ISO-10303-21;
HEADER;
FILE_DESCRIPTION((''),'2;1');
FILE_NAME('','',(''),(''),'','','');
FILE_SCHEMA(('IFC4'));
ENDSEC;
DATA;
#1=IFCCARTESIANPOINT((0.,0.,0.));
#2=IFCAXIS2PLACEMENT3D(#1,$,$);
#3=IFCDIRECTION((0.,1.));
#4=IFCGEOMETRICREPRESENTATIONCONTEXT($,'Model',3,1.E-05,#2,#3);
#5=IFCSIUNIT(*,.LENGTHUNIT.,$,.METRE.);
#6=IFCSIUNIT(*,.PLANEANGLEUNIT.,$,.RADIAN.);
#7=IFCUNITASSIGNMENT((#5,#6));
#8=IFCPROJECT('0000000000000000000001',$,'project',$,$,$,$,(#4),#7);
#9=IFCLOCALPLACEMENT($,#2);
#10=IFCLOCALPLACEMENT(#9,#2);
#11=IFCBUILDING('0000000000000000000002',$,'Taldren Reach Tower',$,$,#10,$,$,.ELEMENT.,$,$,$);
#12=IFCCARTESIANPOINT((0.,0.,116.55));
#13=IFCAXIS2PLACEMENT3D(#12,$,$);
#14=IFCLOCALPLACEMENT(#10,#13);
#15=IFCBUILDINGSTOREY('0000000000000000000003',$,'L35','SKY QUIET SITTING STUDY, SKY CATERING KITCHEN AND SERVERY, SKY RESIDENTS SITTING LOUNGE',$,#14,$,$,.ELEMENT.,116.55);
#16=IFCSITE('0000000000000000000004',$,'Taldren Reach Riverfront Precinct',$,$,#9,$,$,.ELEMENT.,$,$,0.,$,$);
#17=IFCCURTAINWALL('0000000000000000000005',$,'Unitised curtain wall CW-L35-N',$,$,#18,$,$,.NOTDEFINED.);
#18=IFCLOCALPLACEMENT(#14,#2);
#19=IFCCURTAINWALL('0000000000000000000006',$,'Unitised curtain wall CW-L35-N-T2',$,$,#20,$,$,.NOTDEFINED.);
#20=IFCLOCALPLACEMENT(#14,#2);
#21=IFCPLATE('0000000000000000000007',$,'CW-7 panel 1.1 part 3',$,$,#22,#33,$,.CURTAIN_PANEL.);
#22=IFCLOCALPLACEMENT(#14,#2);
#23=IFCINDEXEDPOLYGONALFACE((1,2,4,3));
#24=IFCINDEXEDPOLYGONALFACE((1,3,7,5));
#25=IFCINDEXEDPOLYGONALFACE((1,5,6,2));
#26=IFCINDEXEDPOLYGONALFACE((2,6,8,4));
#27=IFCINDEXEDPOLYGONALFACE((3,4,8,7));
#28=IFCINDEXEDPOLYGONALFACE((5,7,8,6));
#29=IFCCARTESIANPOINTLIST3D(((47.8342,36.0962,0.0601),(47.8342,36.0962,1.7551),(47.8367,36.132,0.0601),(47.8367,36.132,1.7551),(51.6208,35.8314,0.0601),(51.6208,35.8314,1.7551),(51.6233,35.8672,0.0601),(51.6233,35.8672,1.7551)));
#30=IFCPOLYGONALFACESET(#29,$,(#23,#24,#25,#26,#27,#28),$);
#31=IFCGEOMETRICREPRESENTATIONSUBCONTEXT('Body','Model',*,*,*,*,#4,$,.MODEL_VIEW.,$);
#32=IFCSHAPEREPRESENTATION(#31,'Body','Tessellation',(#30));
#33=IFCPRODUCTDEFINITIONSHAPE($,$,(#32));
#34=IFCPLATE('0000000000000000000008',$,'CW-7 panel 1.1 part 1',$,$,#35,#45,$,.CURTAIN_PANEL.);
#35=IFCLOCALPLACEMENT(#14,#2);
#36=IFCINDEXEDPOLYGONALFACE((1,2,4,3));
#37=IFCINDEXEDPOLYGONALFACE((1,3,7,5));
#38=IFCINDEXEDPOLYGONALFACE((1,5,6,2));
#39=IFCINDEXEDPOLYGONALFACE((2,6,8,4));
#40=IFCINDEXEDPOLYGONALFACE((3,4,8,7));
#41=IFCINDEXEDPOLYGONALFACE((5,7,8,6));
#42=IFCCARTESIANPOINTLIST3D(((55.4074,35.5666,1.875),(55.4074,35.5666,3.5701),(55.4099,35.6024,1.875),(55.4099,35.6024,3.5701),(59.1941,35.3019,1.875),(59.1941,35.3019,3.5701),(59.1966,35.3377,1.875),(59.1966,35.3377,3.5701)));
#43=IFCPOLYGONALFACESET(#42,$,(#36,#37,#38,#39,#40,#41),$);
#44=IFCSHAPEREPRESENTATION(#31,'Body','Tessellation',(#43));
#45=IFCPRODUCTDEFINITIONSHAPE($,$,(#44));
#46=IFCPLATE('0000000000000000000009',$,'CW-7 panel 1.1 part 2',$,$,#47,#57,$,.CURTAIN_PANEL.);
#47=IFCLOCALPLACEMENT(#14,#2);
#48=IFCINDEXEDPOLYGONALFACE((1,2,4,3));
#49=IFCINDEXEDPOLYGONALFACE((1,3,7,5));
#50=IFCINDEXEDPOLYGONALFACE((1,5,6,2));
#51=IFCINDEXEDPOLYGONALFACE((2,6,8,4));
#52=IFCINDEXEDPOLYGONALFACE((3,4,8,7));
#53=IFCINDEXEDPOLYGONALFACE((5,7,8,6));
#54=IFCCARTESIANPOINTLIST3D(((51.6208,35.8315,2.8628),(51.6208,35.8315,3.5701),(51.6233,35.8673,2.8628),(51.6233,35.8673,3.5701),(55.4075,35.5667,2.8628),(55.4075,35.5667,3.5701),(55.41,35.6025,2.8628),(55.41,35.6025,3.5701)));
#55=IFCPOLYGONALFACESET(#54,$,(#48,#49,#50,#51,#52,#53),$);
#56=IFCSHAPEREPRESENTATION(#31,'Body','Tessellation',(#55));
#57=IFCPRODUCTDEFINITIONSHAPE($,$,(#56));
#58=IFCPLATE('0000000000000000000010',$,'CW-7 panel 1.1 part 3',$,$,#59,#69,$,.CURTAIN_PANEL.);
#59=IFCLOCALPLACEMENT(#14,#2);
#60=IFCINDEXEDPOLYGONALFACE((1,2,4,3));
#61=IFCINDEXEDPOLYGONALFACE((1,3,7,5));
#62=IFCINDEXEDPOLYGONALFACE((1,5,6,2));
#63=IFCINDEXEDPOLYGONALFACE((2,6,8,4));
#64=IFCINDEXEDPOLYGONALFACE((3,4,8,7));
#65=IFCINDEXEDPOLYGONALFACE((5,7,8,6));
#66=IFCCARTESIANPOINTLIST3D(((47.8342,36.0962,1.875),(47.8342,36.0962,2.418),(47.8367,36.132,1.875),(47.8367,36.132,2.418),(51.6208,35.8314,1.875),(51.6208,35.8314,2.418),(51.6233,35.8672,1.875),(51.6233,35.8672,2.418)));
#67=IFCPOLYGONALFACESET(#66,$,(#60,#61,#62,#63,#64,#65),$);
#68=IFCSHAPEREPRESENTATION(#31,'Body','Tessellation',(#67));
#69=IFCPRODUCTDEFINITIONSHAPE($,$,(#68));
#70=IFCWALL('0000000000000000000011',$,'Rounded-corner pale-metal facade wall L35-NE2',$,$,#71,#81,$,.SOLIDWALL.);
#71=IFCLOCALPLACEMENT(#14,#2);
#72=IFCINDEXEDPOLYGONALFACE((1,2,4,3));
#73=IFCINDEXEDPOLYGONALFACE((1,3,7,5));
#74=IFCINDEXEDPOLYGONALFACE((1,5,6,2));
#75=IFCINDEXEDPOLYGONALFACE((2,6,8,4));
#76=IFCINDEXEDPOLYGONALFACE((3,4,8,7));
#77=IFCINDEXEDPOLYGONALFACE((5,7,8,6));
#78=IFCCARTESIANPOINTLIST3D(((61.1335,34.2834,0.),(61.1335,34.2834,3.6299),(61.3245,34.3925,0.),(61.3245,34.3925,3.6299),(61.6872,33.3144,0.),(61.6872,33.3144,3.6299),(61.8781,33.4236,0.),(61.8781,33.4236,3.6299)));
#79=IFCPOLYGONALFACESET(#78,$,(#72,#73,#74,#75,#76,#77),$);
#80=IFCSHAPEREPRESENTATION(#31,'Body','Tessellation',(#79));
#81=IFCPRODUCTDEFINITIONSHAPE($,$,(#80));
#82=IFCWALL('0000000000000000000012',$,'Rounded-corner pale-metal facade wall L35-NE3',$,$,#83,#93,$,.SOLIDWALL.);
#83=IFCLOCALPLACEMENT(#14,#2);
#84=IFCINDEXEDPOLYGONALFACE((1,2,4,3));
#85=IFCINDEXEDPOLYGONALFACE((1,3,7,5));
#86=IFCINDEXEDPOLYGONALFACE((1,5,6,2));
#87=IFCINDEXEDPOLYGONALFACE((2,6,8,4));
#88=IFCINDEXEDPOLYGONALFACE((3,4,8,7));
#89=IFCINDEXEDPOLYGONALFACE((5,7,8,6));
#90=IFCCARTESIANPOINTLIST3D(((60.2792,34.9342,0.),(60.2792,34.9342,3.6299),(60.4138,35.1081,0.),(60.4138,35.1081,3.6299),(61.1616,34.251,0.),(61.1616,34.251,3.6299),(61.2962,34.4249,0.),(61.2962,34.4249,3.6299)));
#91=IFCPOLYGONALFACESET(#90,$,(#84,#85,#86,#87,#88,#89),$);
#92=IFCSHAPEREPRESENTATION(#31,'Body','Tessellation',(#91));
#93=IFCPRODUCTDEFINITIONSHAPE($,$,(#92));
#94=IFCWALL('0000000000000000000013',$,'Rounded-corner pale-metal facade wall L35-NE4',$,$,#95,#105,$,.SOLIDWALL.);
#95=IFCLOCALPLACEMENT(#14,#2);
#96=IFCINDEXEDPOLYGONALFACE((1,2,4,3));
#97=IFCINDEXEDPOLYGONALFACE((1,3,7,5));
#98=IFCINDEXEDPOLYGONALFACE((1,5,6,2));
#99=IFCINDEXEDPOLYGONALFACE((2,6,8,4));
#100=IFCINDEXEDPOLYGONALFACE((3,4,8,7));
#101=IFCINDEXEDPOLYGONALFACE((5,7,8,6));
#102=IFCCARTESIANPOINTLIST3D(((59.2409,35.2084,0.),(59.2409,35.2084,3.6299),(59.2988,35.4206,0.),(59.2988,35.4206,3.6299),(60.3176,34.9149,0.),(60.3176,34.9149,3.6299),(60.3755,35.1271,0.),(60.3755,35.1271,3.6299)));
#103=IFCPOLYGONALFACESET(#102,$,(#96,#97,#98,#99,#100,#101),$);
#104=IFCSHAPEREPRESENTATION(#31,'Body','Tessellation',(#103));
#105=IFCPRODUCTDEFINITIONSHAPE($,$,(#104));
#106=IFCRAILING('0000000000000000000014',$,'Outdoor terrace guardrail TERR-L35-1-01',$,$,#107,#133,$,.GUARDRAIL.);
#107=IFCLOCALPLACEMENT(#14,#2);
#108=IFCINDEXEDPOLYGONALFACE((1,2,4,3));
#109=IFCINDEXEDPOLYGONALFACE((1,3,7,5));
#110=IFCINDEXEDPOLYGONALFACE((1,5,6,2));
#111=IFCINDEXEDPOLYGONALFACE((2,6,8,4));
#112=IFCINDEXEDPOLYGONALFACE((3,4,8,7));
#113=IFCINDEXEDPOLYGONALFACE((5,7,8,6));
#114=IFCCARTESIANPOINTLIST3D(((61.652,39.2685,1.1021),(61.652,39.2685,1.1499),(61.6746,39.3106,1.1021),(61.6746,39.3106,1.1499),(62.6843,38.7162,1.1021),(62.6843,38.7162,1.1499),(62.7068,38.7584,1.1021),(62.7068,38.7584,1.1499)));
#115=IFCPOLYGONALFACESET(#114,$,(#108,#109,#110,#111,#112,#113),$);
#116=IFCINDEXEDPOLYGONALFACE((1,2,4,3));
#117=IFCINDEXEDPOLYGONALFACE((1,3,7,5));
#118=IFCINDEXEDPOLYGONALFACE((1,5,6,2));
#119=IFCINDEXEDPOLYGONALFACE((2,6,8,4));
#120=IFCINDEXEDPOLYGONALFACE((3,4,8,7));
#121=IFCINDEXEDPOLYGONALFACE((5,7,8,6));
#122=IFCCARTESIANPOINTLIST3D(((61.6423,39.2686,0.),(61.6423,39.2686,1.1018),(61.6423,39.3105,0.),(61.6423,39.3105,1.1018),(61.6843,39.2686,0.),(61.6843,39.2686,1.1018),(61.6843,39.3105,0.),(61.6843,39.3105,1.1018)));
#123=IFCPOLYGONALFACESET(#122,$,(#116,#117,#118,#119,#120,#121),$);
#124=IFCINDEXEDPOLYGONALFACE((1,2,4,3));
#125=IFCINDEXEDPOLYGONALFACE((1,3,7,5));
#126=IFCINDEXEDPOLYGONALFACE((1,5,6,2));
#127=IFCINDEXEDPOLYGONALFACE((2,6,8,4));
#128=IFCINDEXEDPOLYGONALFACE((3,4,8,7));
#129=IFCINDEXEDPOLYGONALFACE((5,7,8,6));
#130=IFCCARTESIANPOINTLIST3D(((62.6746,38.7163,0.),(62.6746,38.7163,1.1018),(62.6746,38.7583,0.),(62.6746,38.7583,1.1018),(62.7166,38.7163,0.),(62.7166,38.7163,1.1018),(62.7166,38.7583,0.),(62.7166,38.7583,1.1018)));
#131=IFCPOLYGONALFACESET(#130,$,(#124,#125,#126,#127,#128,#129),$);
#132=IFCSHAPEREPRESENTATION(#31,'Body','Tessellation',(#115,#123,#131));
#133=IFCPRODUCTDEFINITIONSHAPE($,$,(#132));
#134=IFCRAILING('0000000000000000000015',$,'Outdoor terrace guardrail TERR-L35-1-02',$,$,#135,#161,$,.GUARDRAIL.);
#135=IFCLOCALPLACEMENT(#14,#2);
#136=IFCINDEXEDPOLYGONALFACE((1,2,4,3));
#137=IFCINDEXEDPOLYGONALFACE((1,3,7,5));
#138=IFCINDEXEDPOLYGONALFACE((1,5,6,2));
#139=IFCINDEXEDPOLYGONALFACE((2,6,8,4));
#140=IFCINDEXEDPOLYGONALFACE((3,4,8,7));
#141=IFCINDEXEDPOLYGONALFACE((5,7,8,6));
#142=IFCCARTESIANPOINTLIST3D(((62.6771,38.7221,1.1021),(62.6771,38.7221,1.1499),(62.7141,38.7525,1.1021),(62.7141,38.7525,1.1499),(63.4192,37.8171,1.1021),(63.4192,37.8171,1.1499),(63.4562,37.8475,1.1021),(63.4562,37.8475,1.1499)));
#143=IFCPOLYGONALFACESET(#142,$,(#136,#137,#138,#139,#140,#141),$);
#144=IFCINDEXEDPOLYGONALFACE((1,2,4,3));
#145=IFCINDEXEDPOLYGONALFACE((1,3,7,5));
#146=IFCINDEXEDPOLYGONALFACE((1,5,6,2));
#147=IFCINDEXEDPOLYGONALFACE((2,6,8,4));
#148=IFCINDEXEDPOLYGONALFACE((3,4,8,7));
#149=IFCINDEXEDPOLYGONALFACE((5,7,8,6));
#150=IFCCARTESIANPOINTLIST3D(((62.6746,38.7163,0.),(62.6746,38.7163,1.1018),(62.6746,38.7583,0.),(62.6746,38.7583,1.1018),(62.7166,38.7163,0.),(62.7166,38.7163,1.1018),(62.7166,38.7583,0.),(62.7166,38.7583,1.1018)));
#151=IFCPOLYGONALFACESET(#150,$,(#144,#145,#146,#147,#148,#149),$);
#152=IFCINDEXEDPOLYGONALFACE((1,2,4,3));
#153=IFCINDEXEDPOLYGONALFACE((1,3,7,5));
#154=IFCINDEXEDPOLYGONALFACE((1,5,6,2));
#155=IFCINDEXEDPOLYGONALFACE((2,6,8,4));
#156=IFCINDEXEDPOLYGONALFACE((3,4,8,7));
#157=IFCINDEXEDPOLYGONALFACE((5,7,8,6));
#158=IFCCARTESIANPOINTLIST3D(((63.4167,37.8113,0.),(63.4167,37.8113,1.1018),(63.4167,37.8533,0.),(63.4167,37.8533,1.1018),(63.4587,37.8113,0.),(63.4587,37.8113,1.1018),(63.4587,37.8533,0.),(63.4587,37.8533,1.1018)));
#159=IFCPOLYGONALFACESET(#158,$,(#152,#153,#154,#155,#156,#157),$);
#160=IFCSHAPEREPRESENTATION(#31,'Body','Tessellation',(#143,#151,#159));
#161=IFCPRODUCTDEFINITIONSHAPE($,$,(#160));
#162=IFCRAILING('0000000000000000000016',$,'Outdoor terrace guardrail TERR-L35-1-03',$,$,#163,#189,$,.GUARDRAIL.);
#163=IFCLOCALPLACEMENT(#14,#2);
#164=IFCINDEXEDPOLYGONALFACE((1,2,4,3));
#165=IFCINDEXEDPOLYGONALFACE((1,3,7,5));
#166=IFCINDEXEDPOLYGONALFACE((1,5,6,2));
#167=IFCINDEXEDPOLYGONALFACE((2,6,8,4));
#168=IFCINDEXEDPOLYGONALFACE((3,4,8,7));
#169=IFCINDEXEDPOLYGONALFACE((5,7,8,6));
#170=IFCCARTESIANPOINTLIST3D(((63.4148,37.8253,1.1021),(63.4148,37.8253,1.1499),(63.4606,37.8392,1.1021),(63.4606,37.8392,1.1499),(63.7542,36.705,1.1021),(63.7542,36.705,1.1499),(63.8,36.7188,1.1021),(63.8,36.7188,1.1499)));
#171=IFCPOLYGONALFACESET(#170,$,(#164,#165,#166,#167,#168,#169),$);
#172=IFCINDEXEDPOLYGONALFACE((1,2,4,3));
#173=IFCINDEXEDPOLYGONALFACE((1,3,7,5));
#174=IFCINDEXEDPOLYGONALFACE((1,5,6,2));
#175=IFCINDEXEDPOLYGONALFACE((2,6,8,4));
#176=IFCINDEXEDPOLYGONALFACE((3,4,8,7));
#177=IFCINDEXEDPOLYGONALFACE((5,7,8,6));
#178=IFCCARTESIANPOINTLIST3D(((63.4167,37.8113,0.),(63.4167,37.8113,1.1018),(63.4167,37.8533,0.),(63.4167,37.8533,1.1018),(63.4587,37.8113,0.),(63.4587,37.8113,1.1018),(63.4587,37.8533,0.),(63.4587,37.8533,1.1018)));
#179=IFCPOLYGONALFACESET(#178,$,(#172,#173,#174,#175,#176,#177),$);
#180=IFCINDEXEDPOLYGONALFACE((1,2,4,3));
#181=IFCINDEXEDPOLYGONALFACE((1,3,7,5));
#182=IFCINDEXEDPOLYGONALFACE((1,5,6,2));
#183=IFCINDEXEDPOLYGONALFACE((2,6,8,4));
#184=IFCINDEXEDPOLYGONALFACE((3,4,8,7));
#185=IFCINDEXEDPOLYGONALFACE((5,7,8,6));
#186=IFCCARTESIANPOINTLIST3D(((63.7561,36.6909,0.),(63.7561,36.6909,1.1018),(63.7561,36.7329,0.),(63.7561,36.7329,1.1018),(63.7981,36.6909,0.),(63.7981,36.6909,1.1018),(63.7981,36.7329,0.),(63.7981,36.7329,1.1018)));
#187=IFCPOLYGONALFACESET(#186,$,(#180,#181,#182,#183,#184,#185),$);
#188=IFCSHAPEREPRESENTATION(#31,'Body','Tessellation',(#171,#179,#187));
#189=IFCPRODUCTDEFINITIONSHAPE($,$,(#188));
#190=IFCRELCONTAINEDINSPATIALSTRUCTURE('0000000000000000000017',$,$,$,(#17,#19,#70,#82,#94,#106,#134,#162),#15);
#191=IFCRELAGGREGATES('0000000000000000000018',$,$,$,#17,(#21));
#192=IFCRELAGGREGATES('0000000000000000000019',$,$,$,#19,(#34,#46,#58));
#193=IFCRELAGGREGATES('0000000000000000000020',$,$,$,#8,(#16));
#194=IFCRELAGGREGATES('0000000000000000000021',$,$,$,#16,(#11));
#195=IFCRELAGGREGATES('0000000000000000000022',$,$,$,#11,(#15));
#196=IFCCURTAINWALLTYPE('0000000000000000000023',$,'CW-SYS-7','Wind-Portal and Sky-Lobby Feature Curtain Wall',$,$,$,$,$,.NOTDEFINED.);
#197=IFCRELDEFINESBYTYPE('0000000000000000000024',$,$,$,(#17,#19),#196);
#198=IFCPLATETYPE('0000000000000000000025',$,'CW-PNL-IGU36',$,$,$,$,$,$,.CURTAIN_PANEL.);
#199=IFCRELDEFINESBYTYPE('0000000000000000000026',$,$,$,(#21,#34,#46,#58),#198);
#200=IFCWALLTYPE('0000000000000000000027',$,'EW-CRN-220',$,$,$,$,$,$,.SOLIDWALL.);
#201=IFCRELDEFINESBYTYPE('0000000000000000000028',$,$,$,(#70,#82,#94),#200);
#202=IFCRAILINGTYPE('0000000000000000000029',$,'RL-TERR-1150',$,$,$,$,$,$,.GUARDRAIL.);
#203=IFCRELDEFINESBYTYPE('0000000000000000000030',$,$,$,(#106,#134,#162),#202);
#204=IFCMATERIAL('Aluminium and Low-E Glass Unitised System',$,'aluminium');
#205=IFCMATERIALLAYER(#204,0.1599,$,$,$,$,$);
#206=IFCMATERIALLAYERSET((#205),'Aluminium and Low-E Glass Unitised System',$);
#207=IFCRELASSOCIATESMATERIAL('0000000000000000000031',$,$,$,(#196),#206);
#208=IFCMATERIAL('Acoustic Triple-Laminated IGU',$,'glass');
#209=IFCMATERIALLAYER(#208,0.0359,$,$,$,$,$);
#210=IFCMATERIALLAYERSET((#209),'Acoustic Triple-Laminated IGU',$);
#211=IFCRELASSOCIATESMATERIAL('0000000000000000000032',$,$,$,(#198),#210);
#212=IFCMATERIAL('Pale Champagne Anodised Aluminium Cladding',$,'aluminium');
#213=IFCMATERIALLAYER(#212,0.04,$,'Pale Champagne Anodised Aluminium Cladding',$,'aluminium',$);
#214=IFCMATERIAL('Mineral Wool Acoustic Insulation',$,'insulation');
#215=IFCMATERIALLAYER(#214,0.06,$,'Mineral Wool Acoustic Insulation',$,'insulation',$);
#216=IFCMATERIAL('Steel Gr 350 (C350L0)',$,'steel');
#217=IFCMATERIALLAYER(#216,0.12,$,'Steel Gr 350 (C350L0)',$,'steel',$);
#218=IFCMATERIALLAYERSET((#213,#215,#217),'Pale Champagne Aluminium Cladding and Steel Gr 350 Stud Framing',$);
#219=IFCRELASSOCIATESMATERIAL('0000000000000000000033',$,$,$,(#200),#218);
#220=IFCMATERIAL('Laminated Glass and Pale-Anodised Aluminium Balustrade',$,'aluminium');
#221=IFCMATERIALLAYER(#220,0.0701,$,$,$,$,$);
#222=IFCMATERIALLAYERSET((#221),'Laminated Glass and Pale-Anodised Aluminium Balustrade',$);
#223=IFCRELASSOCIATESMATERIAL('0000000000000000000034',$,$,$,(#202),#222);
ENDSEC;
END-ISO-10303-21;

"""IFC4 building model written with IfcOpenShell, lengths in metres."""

from ifc_helpers import new_model, si_unit, direction, frame, frame_2d, origin, origin_2d, place, context, subcontext, project, spatial, rectangle, extrude, source, transform, mapped, material, layer, layer_set, type_object, element, aggregate, save


model = new_model("IFC4")

# Units and contexts
model_context = context("Model", 3, precision=1e-05, world=origin(), true_north=direction((0.0, 1.0)))
body_context = subcontext(model_context, "Body", "Model", "MODEL_VIEW")
ifc_project = project(units=[si_unit("LENGTHUNIT", "METRE"), si_unit("PLANEANGLEUNIT", "RADIAN")], contexts=[model_context])

# Site, building, storey
site_placement = place(None, origin())
site = spatial("IfcSite", under=ifc_project, at=site_placement, Name="Taldren Reach Riverfront Precinct", CompositionType="ELEMENT", RefElevation=0.0)
building_placement = place(site_placement, origin())
building = spatial("IfcBuilding", under=site, at=building_placement, Name="Taldren Reach Tower", CompositionType="ELEMENT")
storey_placement = place(building_placement, frame((0.0, 0.0, 116.55)))
storey = spatial("IfcBuildingStorey", under=building, at=storey_placement, Name="L35", Description="SKY QUIET SITTING STUDY, SKY CATERING KITCHEN AND SERVERY, SKY RESIDENTS SITTING LOUNGE", CompositionType="ELEMENT", Elevation=116.55)

# Shared definitions
ifc_material_1 = material(Name="Steel Gr 350 (C350L0)", Category="steel")

# Curtain walls
ifc_material_2 = material(Name="Aluminium and Low-E Glass Unitised System", Category="aluminium")
ifc_layer_1 = layer(ifc_material_2, 0.1599)
ifc_layer_set_1 = layer_set([ifc_layer_1], Name="Aluminium and Low-E Glass Unitised System")
curtain_wall_type = type_object("IfcCurtainWallType", Name="CW-SYS-7", Description="Wind-Portal and Sky-Lobby Feature Curtain Wall", PredefinedType="NOTDEFINED", material=ifc_layer_set_1)
curtain_wall_1_placement = place(storey_placement, origin())
curtain_wall_1 = element("IfcCurtainWall", 1, at=curtain_wall_1_placement, inside=storey, type_object=curtain_wall_type, Name="Unitised curtain wall CW-L35-N", PredefinedType="NOTDEFINED")
curtain_wall_2_placement = place(storey_placement, origin())
curtain_wall_2 = element("IfcCurtainWall", 2, at=curtain_wall_2_placement, inside=storey, type_object=curtain_wall_type, Name="Unitised curtain wall CW-L35-N-T2", PredefinedType="NOTDEFINED")

# Plates
ifc_material_3 = material(Name="Acoustic Triple-Laminated IGU", Category="glass")
ifc_layer_2 = layer(ifc_material_3, 0.0359)
ifc_layer_set_2 = layer_set([ifc_layer_2], Name="Acoustic Triple-Laminated IGU")
plate_type_1 = type_object("IfcPlateType", Name="CW-PNL-IGU36", PredefinedType="CURTAIN_PANEL", material=ifc_layer_set_2)
shared_shape_1 = source(origin(), body_context, "Body", "SweptSolid", [
    extrude(rectangle(XDim=3.7959, YDim=0.0359, at=origin_2d()), origin(), (0.0, 0.0, 1.0), 1.6951),
])
plate_1_placement = place(storey_placement, frame((49.7288, 35.9817, 0.0601), z_axis=(0.0, 0.0, 1.0), x_axis=(-0.997564, 0.069757, 0.0)))
plate_1 = element("IfcPlate", 3, at=plate_1_placement, type_object=plate_type_1, Name="CW-7 panel 1.1 part 3", PredefinedType="CURTAIN_PANEL", context=body_context, shape_type="MappedRepresentation", body=[
    mapped(shared_shape_1, transform((0.0, 0.0, 0.0), scale=1.0)),
])
aggregate(curtain_wall_1, [plate_1])
plate_2_placement = place(storey_placement, frame((57.302, 35.4521, 1.875), z_axis=(0.0, 0.0, 1.0), x_axis=(-0.997564, 0.069757, 0.0)))
plate_2 = element("IfcPlate", 4, at=plate_2_placement, type_object=plate_type_1, Name="CW-7 panel 1.1 part 1", PredefinedType="CURTAIN_PANEL", context=body_context, shape_type="MappedRepresentation", body=[
    mapped(shared_shape_1, transform((0.0, 0.0, 0.0), scale=1.0)),
])
shared_shape_2 = source(origin(), body_context, "Body", "SweptSolid", [
    extrude(rectangle(XDim=3.7959, YDim=0.0359, at=origin_2d()), origin(), (0.0, 0.0, 1.0), 0.7073),
])
plate_3_placement = place(storey_placement, frame((53.5154, 35.717, 2.8628), z_axis=(0.0, 0.0, 1.0), x_axis=(-0.997564, 0.069757, 0.0)))
plate_3 = element("IfcPlate", 5, at=plate_3_placement, type_object=plate_type_1, Name="CW-7 panel 1.1 part 2", PredefinedType="CURTAIN_PANEL", context=body_context, shape_type="MappedRepresentation", body=[
    mapped(shared_shape_2, transform((0.0, 0.0, 0.0), scale=1.0)),
])
shared_shape_3 = source(origin(), body_context, "Body", "SweptSolid", [
    extrude(rectangle(XDim=3.7959, YDim=0.0359, at=origin_2d()), origin(), (0.0, 0.0, 1.0), 0.543),
])
plate_4_placement = place(storey_placement, frame((49.7288, 35.9817, 1.875), z_axis=(0.0, 0.0, 1.0), x_axis=(-0.997564, 0.069757, 0.0)))
plate_4 = element("IfcPlate", 6, at=plate_4_placement, type_object=plate_type_1, Name="CW-7 panel 1.1 part 3", PredefinedType="CURTAIN_PANEL", context=body_context, shape_type="MappedRepresentation", body=[
    mapped(shared_shape_3, transform((0.0, 0.0, 0.0), scale=1.0)),
])
aggregate(curtain_wall_2, [plate_2, plate_3, plate_4])

# Walls
ifc_material_4 = material(Name="Pale Champagne Anodised Aluminium Cladding", Category="aluminium")
ifc_layer_3 = layer(ifc_material_4, 0.04, Name="Pale Champagne Anodised Aluminium Cladding", Category="aluminium")
ifc_material_5 = material(Name="Mineral Wool Acoustic Insulation", Category="insulation")
ifc_layer_4 = layer(ifc_material_5, 0.06, Name="Mineral Wool Acoustic Insulation", Category="insulation")
ifc_layer_5 = layer(ifc_material_1, 0.12, Name="Steel Gr 350 (C350L0)", Category="steel")
ifc_layer_set_3 = layer_set([ifc_layer_3, ifc_layer_4, ifc_layer_5], Name="Pale Champagne Aluminium Cladding and Steel Gr 350 Stud Framing")
wall_type = type_object("IfcWallType", Name="EW-CRN-220", PredefinedType="SOLIDWALL", material=ifc_layer_set_3)
shared_shape_4 = source(origin(), body_context, "Body", "SweptSolid", [
    extrude(rectangle(XDim=1.116, YDim=0.22, at=frame_2d((0.5581, 0.0))), origin(), (0.0, 0.0, 1.0), 3.6299),
])
for number, where, z_axis, x_axis, name in (
    (7, (61.7827, 33.3689, 0.0), (0.0, 0.0, 1.0), (-0.496139, 0.868243, 0.0), "Rounded-corner pale-metal facade wall L35-NE2"),
    (8, (61.229, 34.3379, 0.0), (0.0, 0.0, 1.0), (-0.790717, 0.612182, 0.0), "Rounded-corner pale-metal facade wall L35-NE3"),
    (9, (60.3467, 35.021, 0.0), (0.0, 0.0, 1.0), (-0.964804, 0.262969, 0.0), "Rounded-corner pale-metal facade wall L35-NE4"),
):
    element("IfcWall", number, at=place(storey_placement, frame(where, z_axis=z_axis, x_axis=x_axis)), inside=storey, type_object=wall_type, Name=name, PredefinedType="SOLIDWALL", context=body_context, shape_type="MappedRepresentation", body=[
        mapped(shared_shape_4, transform((0.0, 0.0, 0.0), scale=1.0)),
    ])

# Railings
ifc_material_6 = material(Name="Laminated Glass and Pale-Anodised Aluminium Balustrade", Category="aluminium")
ifc_layer_6 = layer(ifc_material_6, 0.0701)
ifc_layer_set_4 = layer_set([ifc_layer_6], Name="Laminated Glass and Pale-Anodised Aluminium Balustrade")
railing_type = type_object("IfcRailingType", Name="RL-TERR-1150", PredefinedType="GUARDRAIL", material=ifc_layer_set_4)
railing_1_placement = place(storey_placement, frame((61.6633, 39.2896, 0.0)))
element("IfcRailing", 10, at=railing_1_placement, inside=storey, type_object=railing_type, Name="Outdoor terrace guardrail TERR-L35-1-01", PredefinedType="GUARDRAIL", context=body_context, shape_type="SweptSolid", body=[
    extrude(rectangle(XDim=0.0479, YDim=0.0479, at=origin_2d()), frame((0.0, 0.0, 1.126), z_axis=(0.88174, -0.471735, 0.0), x_axis=(0.471735, 0.88174, 0.0)), (0.0, 0.0, 1.0), 1.1707),
    extrude(rectangle(XDim=0.042, YDim=0.042, at=origin_2d()), origin(), (0.0, 0.0, 1.0), 1.1018),
    extrude(rectangle(XDim=0.042, YDim=0.042, at=origin_2d()), frame((1.0322, -0.5522, 0.0)), (0.0, 0.0, 1.0), 1.1018),
])
railing_2_placement = place(storey_placement, frame((62.6956, 38.7373, 0.0)))
element("IfcRailing", 11, at=railing_2_placement, inside=storey, type_object=railing_type, Name="Outdoor terrace guardrail TERR-L35-1-02", PredefinedType="GUARDRAIL", context=body_context, shape_type="SweptSolid", body=[
    extrude(rectangle(XDim=0.0479, YDim=0.0479, at=origin_2d()), frame((0.0, 0.0, 1.126), z_axis=(0.634112, -0.773241, 0.0), x_axis=(0.773241, 0.634112, 0.0)), (0.0, 0.0, 1.0), 1.1704),
    extrude(rectangle(XDim=0.042, YDim=0.042, at=origin_2d()), origin(), (0.0, 0.0, 1.0), 1.1018),
    extrude(rectangle(XDim=0.042, YDim=0.042, at=origin_2d()), frame((0.7422, -0.905, 0.0)), (0.0, 0.0, 1.0), 1.1018),
])
railing_3_placement = place(storey_placement, frame((63.4377, 37.8323, 0.0)))
element("IfcRailing", 12, at=railing_3_placement, inside=storey, type_object=railing_type, Name="Outdoor terrace guardrail TERR-L35-1-03", PredefinedType="GUARDRAIL", context=body_context, shape_type="SweptSolid", body=[
    extrude(rectangle(XDim=0.0479, YDim=0.0479, at=origin_2d()), frame((0.0, 0.0, 1.126), z_axis=(0.289892, -0.957059, 0.0), x_axis=(0.957059, 0.289892, 0.0)), (0.0, 0.0, 1.0), 1.1707),
    extrude(rectangle(XDim=0.042, YDim=0.042, at=origin_2d()), origin(), (0.0, 0.0, 1.0), 1.1018),
    extrude(rectangle(XDim=0.042, YDim=0.042, at=origin_2d()), frame((0.3394, -1.1204, 0.0)), (0.0, 0.0, 1.0), 1.1018),
])

save(model, "model.ifc")
